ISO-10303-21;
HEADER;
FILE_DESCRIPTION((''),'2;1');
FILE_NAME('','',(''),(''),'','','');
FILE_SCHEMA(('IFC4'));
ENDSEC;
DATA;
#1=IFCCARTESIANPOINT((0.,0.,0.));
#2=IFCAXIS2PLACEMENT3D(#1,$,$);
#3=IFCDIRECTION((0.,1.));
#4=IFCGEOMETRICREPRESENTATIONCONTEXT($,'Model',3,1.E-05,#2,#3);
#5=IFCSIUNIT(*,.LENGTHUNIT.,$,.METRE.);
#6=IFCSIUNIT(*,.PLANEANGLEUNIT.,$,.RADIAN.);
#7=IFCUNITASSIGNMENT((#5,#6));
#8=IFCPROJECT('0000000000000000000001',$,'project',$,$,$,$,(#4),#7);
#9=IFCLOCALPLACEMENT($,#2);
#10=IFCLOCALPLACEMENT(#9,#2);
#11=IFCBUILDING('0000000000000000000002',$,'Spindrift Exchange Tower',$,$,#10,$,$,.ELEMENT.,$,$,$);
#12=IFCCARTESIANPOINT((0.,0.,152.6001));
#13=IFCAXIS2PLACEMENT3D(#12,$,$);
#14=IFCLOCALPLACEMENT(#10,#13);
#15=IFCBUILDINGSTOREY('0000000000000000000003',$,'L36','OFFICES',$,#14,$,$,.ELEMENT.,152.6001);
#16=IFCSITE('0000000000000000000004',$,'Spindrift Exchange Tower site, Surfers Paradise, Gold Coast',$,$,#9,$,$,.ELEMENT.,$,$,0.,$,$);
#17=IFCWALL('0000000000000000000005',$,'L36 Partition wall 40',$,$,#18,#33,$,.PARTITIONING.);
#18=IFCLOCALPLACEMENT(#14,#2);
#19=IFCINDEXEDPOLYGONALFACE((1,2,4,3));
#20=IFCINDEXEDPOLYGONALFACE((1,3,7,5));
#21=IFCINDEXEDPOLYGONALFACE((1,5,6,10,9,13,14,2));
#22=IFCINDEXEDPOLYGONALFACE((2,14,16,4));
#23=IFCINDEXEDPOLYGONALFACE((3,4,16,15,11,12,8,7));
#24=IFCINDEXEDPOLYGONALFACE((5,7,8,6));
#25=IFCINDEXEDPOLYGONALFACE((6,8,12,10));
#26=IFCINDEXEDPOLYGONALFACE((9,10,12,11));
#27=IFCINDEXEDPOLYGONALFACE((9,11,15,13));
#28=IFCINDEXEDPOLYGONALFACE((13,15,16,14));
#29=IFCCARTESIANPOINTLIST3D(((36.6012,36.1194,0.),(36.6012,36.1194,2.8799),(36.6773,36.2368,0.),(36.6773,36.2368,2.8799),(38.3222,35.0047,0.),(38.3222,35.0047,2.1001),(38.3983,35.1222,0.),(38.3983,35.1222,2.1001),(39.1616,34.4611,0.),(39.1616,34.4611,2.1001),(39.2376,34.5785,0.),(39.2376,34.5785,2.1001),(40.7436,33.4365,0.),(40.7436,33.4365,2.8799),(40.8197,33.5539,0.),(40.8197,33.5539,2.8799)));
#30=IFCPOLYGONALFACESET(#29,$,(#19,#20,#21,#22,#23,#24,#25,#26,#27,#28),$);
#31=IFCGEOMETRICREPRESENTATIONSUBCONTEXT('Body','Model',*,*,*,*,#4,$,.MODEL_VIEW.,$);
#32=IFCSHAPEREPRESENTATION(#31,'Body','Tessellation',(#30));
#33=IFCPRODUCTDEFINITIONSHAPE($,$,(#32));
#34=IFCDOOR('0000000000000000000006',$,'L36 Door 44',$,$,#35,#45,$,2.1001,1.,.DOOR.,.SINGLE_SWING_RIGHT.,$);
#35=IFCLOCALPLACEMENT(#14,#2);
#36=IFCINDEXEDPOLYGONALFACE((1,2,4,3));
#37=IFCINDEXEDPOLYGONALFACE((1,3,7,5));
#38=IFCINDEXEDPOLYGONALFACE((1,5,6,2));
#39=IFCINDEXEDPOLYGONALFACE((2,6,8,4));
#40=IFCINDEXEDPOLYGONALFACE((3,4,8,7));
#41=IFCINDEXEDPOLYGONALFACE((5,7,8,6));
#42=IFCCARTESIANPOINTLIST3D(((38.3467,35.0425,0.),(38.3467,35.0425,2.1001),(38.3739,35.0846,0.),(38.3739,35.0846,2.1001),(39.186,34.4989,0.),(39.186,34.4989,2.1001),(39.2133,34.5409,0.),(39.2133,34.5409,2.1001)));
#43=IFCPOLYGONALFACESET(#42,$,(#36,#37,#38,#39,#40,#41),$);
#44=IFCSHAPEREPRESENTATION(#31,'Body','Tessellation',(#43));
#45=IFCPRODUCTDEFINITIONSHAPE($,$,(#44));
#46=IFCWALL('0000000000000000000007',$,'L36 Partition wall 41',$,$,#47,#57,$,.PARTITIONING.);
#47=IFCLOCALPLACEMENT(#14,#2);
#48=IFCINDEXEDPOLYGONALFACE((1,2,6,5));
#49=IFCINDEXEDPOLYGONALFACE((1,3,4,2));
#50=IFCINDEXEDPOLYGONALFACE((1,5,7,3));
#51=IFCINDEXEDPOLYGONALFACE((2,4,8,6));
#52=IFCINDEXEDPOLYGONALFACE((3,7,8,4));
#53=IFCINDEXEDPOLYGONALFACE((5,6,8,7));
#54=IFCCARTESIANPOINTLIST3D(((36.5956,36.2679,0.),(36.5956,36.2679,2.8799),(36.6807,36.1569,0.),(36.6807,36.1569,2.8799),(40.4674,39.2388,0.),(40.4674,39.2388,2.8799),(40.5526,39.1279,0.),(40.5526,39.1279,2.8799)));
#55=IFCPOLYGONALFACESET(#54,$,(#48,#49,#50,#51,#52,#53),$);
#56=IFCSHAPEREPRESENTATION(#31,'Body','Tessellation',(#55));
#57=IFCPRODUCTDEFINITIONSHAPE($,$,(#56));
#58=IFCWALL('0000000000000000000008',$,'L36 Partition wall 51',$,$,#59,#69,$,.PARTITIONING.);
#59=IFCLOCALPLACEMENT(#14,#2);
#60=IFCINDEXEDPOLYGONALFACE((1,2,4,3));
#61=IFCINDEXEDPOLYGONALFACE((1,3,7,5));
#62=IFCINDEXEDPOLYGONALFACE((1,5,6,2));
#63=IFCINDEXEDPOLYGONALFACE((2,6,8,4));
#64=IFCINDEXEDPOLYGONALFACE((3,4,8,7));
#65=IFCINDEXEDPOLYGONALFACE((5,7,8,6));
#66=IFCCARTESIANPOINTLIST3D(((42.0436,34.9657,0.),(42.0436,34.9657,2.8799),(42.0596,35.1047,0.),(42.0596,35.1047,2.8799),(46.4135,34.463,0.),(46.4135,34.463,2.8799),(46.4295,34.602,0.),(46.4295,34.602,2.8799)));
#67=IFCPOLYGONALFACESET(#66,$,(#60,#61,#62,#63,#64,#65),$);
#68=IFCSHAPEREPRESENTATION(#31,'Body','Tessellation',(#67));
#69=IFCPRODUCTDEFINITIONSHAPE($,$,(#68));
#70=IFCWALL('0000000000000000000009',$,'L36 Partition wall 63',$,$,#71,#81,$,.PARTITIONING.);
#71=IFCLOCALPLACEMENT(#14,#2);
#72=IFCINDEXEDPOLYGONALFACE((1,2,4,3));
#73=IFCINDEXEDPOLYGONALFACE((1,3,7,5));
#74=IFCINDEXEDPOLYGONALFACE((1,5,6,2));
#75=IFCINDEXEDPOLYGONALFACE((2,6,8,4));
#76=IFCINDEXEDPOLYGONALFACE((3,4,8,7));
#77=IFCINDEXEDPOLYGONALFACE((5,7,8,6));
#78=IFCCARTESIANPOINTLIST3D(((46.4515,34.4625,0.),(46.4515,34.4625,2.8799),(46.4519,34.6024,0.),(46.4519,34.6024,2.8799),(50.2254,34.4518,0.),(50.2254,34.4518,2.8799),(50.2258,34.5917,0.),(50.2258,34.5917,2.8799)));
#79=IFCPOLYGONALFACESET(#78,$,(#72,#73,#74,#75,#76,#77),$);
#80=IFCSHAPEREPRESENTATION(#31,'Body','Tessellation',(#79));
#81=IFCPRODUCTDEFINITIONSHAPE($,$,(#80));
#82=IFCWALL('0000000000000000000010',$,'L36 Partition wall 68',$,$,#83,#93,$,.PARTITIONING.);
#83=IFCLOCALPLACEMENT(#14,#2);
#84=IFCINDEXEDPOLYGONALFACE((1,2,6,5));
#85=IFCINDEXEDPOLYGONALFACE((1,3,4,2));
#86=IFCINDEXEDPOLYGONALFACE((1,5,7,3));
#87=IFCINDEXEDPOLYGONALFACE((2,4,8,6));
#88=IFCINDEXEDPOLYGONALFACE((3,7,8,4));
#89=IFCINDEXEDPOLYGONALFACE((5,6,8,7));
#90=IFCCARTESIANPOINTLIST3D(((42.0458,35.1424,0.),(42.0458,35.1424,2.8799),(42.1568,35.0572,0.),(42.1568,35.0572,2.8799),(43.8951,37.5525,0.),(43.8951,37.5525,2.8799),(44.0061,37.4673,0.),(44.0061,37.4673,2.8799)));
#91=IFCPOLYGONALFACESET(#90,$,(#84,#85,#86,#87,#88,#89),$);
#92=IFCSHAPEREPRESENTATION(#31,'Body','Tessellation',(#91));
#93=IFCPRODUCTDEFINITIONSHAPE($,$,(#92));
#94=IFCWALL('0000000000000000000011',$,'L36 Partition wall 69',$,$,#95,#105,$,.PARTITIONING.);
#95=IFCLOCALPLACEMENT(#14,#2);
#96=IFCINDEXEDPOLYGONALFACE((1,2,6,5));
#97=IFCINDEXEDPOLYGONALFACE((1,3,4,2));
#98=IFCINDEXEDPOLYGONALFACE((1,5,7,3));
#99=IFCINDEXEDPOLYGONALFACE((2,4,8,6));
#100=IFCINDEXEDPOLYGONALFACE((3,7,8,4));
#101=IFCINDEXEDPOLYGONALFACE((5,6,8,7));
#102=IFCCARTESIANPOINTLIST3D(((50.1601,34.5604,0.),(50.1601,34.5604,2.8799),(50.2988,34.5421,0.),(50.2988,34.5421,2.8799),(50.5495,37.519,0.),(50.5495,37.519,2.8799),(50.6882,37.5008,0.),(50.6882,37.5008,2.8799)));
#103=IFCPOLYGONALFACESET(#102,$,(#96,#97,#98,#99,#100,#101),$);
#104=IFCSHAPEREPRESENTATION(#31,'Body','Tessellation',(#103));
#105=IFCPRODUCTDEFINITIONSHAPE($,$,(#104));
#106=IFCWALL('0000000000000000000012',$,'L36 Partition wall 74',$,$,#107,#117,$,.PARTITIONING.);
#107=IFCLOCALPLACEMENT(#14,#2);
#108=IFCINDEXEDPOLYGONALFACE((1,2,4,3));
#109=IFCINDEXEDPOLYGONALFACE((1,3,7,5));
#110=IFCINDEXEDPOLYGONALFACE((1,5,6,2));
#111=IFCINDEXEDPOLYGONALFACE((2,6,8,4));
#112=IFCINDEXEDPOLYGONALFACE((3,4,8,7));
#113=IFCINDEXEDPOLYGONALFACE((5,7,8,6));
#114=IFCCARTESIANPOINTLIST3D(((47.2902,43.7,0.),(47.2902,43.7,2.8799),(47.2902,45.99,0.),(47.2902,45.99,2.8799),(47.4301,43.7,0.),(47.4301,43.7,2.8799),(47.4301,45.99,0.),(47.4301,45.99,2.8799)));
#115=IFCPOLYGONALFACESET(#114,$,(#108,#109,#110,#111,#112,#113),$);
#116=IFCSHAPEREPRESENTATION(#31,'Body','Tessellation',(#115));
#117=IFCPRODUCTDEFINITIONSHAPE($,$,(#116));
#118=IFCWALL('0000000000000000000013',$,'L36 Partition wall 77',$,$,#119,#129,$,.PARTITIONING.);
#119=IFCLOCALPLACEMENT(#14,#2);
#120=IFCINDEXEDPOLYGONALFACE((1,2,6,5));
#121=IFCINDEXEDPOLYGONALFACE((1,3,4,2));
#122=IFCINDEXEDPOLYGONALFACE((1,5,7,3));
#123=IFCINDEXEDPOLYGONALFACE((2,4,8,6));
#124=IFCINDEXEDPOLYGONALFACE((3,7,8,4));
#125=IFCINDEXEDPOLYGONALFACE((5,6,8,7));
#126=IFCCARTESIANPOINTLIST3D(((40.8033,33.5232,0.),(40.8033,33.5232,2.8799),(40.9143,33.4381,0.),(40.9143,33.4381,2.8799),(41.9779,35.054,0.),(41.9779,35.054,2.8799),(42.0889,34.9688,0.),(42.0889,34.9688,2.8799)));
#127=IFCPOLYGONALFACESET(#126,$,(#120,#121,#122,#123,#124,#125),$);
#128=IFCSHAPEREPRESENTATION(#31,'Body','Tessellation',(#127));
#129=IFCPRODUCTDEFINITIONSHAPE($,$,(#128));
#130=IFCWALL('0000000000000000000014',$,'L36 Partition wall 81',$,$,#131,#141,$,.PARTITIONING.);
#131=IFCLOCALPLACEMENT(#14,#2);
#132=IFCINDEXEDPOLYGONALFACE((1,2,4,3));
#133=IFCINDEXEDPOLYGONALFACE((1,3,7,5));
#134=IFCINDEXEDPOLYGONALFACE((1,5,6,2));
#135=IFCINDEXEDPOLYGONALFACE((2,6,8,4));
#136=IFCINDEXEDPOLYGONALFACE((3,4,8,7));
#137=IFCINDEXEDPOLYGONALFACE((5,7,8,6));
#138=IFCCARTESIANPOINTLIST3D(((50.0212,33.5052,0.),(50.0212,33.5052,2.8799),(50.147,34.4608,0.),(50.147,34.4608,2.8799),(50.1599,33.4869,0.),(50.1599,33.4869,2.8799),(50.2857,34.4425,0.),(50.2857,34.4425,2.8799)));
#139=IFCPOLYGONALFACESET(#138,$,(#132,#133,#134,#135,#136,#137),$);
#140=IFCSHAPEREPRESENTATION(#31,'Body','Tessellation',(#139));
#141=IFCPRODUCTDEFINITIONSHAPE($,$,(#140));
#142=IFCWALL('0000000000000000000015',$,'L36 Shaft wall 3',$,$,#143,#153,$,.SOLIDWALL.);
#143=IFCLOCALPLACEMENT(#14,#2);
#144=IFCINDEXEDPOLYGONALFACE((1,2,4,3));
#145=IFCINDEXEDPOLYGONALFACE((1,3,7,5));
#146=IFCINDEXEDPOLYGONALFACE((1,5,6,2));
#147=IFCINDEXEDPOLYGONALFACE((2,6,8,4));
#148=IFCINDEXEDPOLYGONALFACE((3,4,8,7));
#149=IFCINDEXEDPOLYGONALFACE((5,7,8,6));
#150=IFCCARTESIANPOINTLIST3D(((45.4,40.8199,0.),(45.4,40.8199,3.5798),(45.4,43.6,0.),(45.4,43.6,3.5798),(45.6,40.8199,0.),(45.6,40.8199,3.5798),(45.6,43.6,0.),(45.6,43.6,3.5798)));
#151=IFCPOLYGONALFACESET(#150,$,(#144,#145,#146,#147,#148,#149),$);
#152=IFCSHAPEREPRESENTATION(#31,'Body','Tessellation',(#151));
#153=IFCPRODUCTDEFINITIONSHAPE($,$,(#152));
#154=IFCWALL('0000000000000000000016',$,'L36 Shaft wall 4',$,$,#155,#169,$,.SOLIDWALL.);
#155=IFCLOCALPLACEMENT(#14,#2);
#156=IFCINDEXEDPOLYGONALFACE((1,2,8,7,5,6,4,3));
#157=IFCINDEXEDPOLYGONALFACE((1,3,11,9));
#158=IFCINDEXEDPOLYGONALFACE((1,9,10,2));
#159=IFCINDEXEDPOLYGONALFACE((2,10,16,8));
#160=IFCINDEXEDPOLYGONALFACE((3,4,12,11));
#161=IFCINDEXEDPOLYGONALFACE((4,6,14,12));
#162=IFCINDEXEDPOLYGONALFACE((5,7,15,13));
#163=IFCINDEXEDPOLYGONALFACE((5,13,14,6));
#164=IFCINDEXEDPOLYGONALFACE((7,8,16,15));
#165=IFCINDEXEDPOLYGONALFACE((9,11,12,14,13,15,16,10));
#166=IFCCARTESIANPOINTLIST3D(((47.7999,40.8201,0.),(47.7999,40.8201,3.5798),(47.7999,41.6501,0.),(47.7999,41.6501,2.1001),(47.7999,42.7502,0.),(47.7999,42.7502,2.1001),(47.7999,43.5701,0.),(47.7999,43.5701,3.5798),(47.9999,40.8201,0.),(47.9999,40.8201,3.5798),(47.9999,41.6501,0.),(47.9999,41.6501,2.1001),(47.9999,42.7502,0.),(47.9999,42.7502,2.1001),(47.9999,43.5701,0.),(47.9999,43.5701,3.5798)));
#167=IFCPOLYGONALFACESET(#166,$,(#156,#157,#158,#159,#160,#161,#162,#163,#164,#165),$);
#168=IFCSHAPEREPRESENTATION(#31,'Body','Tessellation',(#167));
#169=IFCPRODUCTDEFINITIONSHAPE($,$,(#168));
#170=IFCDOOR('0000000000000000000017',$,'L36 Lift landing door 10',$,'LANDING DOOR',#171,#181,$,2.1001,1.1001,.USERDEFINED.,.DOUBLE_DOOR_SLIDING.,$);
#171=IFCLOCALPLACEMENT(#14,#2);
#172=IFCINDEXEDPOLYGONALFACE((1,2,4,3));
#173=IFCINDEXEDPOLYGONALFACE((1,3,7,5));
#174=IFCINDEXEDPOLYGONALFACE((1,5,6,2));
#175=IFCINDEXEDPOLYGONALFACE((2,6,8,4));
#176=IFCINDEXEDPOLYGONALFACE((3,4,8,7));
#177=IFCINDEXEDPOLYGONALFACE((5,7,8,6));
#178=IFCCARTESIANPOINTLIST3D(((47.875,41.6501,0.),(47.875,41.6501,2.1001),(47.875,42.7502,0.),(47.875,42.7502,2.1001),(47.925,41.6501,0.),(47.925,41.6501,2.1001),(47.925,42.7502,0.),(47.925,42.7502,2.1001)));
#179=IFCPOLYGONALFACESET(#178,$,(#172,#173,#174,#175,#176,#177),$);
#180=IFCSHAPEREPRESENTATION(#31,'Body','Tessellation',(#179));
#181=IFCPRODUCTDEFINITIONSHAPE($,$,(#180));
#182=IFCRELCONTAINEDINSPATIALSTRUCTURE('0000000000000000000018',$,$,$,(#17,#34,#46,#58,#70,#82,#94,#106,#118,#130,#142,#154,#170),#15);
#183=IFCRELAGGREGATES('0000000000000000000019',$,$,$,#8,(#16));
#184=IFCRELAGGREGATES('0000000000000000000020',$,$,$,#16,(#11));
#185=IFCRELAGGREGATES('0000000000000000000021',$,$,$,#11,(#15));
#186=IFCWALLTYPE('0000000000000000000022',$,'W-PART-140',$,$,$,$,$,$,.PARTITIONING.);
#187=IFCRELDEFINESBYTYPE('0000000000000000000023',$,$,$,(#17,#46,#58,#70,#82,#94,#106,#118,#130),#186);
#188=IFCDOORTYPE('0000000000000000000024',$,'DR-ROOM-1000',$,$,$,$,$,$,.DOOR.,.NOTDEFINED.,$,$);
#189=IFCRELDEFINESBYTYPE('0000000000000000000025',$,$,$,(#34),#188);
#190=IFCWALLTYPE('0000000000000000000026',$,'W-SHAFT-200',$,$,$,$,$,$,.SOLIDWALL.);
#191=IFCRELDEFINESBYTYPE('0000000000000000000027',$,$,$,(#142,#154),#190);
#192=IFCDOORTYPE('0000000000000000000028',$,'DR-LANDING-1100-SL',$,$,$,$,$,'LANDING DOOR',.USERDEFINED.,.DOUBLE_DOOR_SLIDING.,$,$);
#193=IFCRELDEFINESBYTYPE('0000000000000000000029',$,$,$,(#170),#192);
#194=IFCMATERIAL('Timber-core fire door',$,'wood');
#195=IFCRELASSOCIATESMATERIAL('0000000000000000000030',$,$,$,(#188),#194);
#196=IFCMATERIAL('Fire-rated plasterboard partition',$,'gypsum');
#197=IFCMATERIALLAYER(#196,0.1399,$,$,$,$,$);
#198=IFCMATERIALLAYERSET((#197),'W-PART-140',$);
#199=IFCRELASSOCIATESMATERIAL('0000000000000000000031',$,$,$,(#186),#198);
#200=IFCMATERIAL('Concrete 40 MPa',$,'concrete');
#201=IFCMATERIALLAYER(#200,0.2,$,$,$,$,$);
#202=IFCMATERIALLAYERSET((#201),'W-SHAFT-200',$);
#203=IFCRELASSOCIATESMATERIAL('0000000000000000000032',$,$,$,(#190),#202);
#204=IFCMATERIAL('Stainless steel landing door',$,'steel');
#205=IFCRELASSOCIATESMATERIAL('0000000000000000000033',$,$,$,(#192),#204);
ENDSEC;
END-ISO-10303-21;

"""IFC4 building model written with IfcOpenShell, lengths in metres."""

from ifc_helpers import new_model, si_unit, direction, frame, frame_2d, origin, place, context, subcontext, project, spatial, rectangle, extrude, source, transform, mapped, material, layer, layer_set, type_object, element, fill, save


model = new_model("IFC4")

# Units and contexts
model_context = context("Model", 3, precision=1e-05, world=origin(), true_north=direction((0.0, 1.0)))
body_context = subcontext(model_context, "Body", "Model", "MODEL_VIEW")
ifc_project = project(units=[si_unit("LENGTHUNIT", "METRE"), si_unit("PLANEANGLEUNIT", "RADIAN")], contexts=[model_context])

# Site, building, storey
site_placement = place(None, origin())
site = spatial("IfcSite", under=ifc_project, at=site_placement, Name="Spindrift Exchange Tower site, Surfers Paradise, Gold Coast", CompositionType="ELEMENT", RefElevation=0.0)
building_placement = place(site_placement, origin())
building = spatial("IfcBuilding", under=site, at=building_placement, Name="Spindrift Exchange Tower", CompositionType="ELEMENT")
storey_placement = place(building_placement, frame((0.0, 0.0, 152.6001)))
storey = spatial("IfcBuildingStorey", under=building, at=storey_placement, Name="L36", Description="OFFICES", CompositionType="ELEMENT", Elevation=152.6001)

# Shared definitions
ifc_material_1 = material(Name="Timber-core fire door", Category="wood")
ifc_material_2 = material(Name="Fire-rated plasterboard partition", Category="gypsum")
door_type_1 = type_object("IfcDoorType", Name="DR-ROOM-1000", OperationType="NOTDEFINED", PredefinedType="DOOR", material=ifc_material_1)
shared_shape_1 = source(origin(), body_context, "Body", "SweptSolid", [
    extrude(rectangle(XDim=1.0, YDim=2.1001, at=frame_2d((0.5, 1.05))), frame((0.0, 0.0249, 0.0), z_axis=(0.0, -1.0, 0.0), x_axis=(1.0, 0.0, 0.0)), (0.0, 0.0, 1.0), 0.05),
])

# Shared definitions
ifc_layer_1 = layer(ifc_material_2, 0.1399)
ifc_layer_set_1 = layer_set([ifc_layer_1], Name="W-PART-140")
wall_type_1 = type_object("IfcWallType", Name="W-PART-140", PredefinedType="PARTITIONING", material=ifc_layer_set_1)

# Wall, opening, door
wall_1_placement = place(storey_placement, frame((40.7817, 33.4951, 0.0), z_axis=(0.0, 0.0, 1.0), x_axis=(-0.839336, 0.543612, 0.0)))
wall_1 = element("IfcWall", 1, at=wall_1_placement, inside=storey, type_object=wall_type_1, Name="L36 Partition wall 40", PredefinedType="PARTITIONING", context=body_context, shape_type="SweptSolid", body=[
    extrude(rectangle(XDim=4.9353, YDim=0.1399, at=frame_2d((2.4678, 0.0))), origin(), (0.0, 0.0, 1.0), 2.8799),
])
opening_1_placement = place(wall_1_placement, frame((1.885, 0.0, 0.0)))
opening_1 = element("IfcOpeningElement", 2, at=opening_1_placement, cuts=wall_1, PredefinedType="OPENING", context=body_context, shape_type="SweptSolid", body=[
    extrude(rectangle(XDim=1.0, YDim=2.1001, at=frame_2d((0.5, 1.05))), frame((0.0, 0.0798, 0.0), z_axis=(0.0, -1.0, 0.0), x_axis=(1.0, 0.0, 0.0)), (0.0, 0.0, 1.0), 0.1599),
])
door_1_placement = place(opening_1_placement, origin())
door_1 = element("IfcDoor", 3, at=door_1_placement, inside=storey, type_object=door_type_1, Name="L36 Door 44", OperationType="SINGLE_SWING_RIGHT", OverallHeight=2.1001, OverallWidth=1.0, PredefinedType="DOOR", context=body_context, shape_type="MappedRepresentation", body=[
    mapped(shared_shape_1, transform((0.0, 0.0, 0.0), scale=1.0)),
])
fill(opening_1, door_1)

# Walls
wall_2_placement = place(storey_placement, frame((40.51, 39.1833, 0.0), z_axis=(0.0, 0.0, 1.0), x_axis=(-0.793354, -0.60876, 0.0)))
element("IfcWall", 4, at=wall_2_placement, inside=storey, type_object=wall_type_1, Name="L36 Partition wall 41", PredefinedType="PARTITIONING", context=body_context, shape_type="SweptSolid", body=[
    extrude(rectangle(XDim=4.8804, YDim=0.1399, at=frame_2d((2.4402, 0.0))), origin(), (0.0, 0.0, 1.0), 2.8799),
])
wall_3_placement = place(storey_placement, frame((42.0518, 35.0352, 0.0), z_axis=(0.0, 0.0, 1.0), x_axis=(0.993448, -0.114281, 0.0)))
element("IfcWall", 5, at=wall_3_placement, inside=storey, type_object=wall_type_1, Name="L36 Partition wall 51", PredefinedType="PARTITIONING", context=body_context, shape_type="SweptSolid", body=[
    extrude(rectangle(XDim=4.3987, YDim=0.1399, at=frame_2d((2.1992, 0.0))), origin(), (0.0, 0.0, 1.0), 2.8799),
])
wall_4_placement = place(storey_placement, frame((46.4517, 34.5325, 0.0), z_axis=(0.0, 0.0, 1.0), x_axis=(0.999996, -0.002846, 0.0)))
element("IfcWall", 6, at=wall_4_placement, inside=storey, type_object=wall_type_1, Name="L36 Partition wall 63", PredefinedType="PARTITIONING", context=body_context, shape_type="SweptSolid", body=[
    extrude(rectangle(XDim=3.7739, YDim=0.1399, at=frame_2d((1.887, 0.0))), origin(), (0.0, 0.0, 1.0), 2.8799),
])
wall_5_placement = place(storey_placement, frame((43.9507, 37.51, 0.0), z_axis=(0.0, 0.0, 1.0), x_axis=(-0.608759, -0.793355, 0.0)))
element("IfcWall", 7, at=wall_5_placement, inside=storey, type_object=wall_type_1, Name="L36 Partition wall 68", PredefinedType="PARTITIONING", context=body_context, shape_type="SweptSolid", body=[
    extrude(rectangle(XDim=3.0378, YDim=0.1399, at=frame_2d((1.519, 0.0))), origin(), (0.0, 0.0, 1.0), 2.8799),
])
wall_6_placement = place(storey_placement, frame((50.6189, 37.51, 0.0), z_axis=(0.0, 0.0, 1.0), x_axis=(-0.130497, -0.991449, 0.0)))
element("IfcWall", 8, at=wall_6_placement, inside=storey, type_object=wall_type_1, Name="L36 Partition wall 69", PredefinedType="PARTITIONING", context=body_context, shape_type="SweptSolid", body=[
    extrude(rectangle(XDim=2.9841, YDim=0.1399, at=frame_2d((1.4922, 0.0))), origin(), (0.0, 0.0, 1.0), 2.8799),
])
wall_7_placement = place(storey_placement, frame((47.3601, 43.7, 0.0), z_axis=(0.0, 0.0, 1.0), x_axis=(0.0, 1.0, 0.0)))
element("IfcWall", 9, at=wall_7_placement, inside=storey, type_object=wall_type_1, Name="L36 Partition wall 74", PredefinedType="PARTITIONING", context=body_context, shape_type="SweptSolid", body=[
    extrude(rectangle(XDim=2.29, YDim=0.1399, at=frame_2d((1.145, 0.0))), origin(), (0.0, 0.0, 1.0), 2.8799),
])
wall_8_placement = place(storey_placement, frame((42.0334, 35.0115, 0.0), z_axis=(0.0, 0.0, 1.0), x_axis=(-0.60875, -0.793362, 0.0)))
element("IfcWall", 10, at=wall_8_placement, inside=storey, type_object=wall_type_1, Name="L36 Partition wall 77", PredefinedType="PARTITIONING", context=body_context, shape_type="SweptSolid", body=[
    extrude(rectangle(XDim=1.9294, YDim=0.1399, at=frame_2d((0.9648, 0.0))), origin(), (0.0, 0.0, 1.0), 2.8799),
])
wall_9_placement = place(storey_placement, frame((50.2163, 34.4517, 0.0), z_axis=(0.0, 0.0, 1.0), x_axis=(-0.130455, -0.991454, 0.0)))
element("IfcWall", 11, at=wall_9_placement, inside=storey, type_object=wall_type_1, Name="L36 Partition wall 81", PredefinedType="PARTITIONING", context=body_context, shape_type="SweptSolid", body=[
    extrude(rectangle(XDim=0.9639, YDim=0.1399, at=frame_2d((0.4819, 0.0))), origin(), (0.0, 0.0, 1.0), 2.8799),
])
ifc_material_3 = material(Name="Concrete 40 MPa", Category="concrete")
ifc_layer_2 = layer(ifc_material_3, 0.2)
ifc_layer_set_2 = layer_set([ifc_layer_2], Name="W-SHAFT-200")
wall_type_2 = type_object("IfcWallType", Name="W-SHAFT-200", PredefinedType="SOLIDWALL", material=ifc_layer_set_2)
wall_10_placement = place(storey_placement, frame((45.5, 43.6001, 0.0), z_axis=(0.0, 0.0, 1.0), x_axis=(0.0, -1.0, 0.0)))
element("IfcWall", 12, at=wall_10_placement, inside=storey, type_object=wall_type_2, Name="L36 Shaft wall 3", PredefinedType="SOLIDWALL", context=body_context, shape_type="SweptSolid", body=[
    extrude(rectangle(XDim=2.78, YDim=0.2, at=frame_2d((1.3901, 0.0))), origin(), (0.0, 0.0, 1.0), 3.5798),
])

# Wall, opening, door
wall_11_placement = place(storey_placement, frame((47.8999, 40.8201, 0.0), z_axis=(0.0, 0.0, 1.0), x_axis=(0.0, 1.0, 0.0)))
wall_11 = element("IfcWall", 13, at=wall_11_placement, inside=storey, type_object=wall_type_2, Name="L36 Shaft wall 4", PredefinedType="SOLIDWALL", context=body_context, shape_type="SweptSolid", body=[
    extrude(rectangle(XDim=2.75, YDim=0.2, at=frame_2d((1.375, 0.0))), origin(), (0.0, 0.0, 1.0), 3.5798),
])
opening_2_placement = place(wall_11_placement, frame((0.8301, 0.0, 0.0)))
opening_2 = element("IfcOpeningElement", 14, at=opening_2_placement, cuts=wall_11, PredefinedType="OPENING", context=body_context, shape_type="SweptSolid", body=[
    extrude(rectangle(XDim=1.1001, YDim=2.1001, at=frame_2d((0.55, 1.05))), frame((0.0, 0.1099, 0.0), z_axis=(0.0, -1.0, 0.0), x_axis=(1.0, 0.0, 0.0)), (0.0, 0.0, 1.0), 0.22),
])
ifc_material_4 = material(Name="Stainless steel landing door", Category="steel")
door_type_2 = type_object("IfcDoorType", Name="DR-LANDING-1100-SL", ElementType="LANDING DOOR", OperationType="DOUBLE_DOOR_SLIDING", PredefinedType="USERDEFINED", material=ifc_material_4)
shared_shape_2 = source(origin(), body_context, "Body", "SweptSolid", [
    extrude(rectangle(XDim=1.1001, YDim=2.1001, at=frame_2d((0.55, 1.05))), frame((0.0, 0.0249, 0.0), z_axis=(0.0, -1.0, 0.0), x_axis=(1.0, 0.0, 0.0)), (0.0, 0.0, 1.0), 0.05),
])
door_2_placement = place(opening_2_placement, origin())
door_2 = element("IfcDoor", 15, at=door_2_placement, inside=storey, type_object=door_type_2, Name="L36 Lift landing door 10", ObjectType="LANDING DOOR", OperationType="DOUBLE_DOOR_SLIDING", OverallHeight=2.1001, OverallWidth=1.1001, PredefinedType="USERDEFINED", context=body_context, shape_type="MappedRepresentation", body=[
    mapped(shared_shape_2, transform((0.0, 0.0, 0.0), scale=1.0)),
])
fill(opening_2, door_2)

save(model, "model.ifc")
